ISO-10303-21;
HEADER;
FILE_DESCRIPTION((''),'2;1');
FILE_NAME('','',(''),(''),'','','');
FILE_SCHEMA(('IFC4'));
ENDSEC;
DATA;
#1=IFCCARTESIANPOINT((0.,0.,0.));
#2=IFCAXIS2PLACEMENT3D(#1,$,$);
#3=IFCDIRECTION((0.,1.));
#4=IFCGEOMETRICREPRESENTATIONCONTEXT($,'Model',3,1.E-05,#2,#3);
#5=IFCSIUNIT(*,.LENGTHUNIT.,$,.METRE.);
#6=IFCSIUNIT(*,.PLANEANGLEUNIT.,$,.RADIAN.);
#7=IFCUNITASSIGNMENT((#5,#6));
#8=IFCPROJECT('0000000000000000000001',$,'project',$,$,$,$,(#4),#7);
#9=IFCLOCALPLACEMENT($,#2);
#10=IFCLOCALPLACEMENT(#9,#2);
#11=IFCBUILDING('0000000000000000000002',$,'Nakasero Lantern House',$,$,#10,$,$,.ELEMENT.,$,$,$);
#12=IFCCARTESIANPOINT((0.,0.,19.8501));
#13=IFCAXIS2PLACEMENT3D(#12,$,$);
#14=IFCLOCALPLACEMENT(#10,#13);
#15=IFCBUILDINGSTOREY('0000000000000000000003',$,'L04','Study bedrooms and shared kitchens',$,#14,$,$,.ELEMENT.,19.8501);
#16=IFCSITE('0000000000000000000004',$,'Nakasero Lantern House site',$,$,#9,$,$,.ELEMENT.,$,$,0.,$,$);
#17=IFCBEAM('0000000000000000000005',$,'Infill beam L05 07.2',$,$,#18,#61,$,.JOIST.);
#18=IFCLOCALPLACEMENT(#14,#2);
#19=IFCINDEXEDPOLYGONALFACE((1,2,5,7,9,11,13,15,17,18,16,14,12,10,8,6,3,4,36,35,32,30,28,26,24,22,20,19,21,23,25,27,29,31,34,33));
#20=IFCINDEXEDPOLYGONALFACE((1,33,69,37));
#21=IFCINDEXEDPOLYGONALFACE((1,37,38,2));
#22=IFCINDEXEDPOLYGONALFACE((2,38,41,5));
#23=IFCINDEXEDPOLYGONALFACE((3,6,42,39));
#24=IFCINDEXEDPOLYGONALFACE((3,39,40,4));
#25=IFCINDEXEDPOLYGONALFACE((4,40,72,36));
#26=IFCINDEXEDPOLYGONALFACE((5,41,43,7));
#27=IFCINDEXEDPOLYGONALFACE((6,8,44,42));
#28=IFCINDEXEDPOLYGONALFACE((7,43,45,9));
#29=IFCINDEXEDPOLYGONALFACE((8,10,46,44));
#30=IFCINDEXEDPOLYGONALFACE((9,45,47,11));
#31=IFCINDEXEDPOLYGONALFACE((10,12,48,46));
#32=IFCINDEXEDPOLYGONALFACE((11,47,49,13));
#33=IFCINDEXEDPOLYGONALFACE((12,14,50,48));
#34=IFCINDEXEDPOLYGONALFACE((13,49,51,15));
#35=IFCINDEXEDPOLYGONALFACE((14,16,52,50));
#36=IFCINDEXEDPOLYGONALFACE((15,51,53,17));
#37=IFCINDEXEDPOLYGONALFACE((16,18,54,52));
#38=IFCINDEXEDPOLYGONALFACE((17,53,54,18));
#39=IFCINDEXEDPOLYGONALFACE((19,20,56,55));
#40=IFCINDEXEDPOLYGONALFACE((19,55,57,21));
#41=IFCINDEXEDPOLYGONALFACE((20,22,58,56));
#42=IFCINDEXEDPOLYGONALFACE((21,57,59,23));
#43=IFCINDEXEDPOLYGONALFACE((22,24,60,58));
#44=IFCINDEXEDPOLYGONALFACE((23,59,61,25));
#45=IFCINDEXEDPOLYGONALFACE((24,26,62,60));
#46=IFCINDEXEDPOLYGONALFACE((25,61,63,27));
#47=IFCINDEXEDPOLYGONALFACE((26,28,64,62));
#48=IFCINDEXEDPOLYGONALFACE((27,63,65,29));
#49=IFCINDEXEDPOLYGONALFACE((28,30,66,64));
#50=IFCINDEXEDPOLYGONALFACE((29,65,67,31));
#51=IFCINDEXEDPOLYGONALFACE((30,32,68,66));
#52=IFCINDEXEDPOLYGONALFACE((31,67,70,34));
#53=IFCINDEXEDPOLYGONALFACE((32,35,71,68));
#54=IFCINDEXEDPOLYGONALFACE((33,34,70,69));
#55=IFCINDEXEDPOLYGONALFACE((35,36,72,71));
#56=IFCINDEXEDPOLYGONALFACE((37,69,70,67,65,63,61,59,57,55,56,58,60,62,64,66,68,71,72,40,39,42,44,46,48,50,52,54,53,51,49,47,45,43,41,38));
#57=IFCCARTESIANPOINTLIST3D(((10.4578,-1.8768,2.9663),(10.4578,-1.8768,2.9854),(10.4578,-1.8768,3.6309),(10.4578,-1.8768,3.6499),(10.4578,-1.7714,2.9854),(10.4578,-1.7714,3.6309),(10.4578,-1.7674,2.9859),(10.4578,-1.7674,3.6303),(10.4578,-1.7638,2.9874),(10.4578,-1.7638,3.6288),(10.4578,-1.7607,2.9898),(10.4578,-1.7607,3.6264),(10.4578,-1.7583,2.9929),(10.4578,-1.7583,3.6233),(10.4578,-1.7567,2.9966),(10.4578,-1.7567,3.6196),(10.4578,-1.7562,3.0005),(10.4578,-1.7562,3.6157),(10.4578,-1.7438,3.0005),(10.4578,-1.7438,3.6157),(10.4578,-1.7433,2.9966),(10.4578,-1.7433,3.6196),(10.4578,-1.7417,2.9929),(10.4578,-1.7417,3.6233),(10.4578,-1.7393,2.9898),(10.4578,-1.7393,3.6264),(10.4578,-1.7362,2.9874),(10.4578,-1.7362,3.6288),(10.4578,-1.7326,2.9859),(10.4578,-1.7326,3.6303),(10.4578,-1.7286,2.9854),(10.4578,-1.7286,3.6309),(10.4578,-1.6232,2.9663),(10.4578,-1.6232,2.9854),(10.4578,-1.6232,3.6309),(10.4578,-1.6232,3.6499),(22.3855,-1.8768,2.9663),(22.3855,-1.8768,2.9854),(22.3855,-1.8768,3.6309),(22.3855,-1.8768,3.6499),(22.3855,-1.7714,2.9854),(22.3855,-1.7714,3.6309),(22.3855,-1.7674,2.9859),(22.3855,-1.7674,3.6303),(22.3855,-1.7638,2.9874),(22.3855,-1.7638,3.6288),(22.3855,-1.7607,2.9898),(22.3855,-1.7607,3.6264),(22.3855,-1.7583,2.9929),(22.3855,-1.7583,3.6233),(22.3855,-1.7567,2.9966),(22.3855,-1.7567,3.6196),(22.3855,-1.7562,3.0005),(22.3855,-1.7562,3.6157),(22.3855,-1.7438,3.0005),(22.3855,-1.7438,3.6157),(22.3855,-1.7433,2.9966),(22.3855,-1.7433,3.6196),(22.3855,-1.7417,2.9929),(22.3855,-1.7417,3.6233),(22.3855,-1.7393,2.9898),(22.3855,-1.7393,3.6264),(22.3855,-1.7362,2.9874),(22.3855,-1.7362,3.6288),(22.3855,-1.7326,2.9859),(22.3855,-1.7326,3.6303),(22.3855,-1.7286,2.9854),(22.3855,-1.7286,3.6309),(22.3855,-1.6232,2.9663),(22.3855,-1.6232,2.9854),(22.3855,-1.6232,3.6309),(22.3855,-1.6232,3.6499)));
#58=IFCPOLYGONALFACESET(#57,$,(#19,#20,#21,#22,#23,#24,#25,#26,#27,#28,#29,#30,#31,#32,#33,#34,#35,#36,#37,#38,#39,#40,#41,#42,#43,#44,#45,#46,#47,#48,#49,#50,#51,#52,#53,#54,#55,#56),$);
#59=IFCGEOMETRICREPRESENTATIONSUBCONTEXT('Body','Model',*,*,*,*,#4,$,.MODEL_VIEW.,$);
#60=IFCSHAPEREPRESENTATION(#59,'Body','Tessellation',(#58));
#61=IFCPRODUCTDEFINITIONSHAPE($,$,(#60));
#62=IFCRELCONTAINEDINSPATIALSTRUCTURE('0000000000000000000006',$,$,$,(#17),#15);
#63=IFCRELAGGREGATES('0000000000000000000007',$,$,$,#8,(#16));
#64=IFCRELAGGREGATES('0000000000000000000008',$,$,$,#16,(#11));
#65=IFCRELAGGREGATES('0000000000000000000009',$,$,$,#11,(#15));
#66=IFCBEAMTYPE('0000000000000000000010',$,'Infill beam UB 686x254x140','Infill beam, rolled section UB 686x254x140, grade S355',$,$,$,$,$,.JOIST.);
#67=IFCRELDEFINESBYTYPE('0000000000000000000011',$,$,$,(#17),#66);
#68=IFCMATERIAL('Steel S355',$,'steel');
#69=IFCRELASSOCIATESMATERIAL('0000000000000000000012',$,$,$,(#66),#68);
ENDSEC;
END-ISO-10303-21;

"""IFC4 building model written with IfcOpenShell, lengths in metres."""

from ifc_helpers import new_model, si_unit, direction, frame, origin, origin_2d, place, context, subcontext, project, spatial, i_section, extrude, material, material_profile, profile_set, type_object, element, save


model = new_model("IFC4")

# Units and contexts
model_context = context("Model", 3, precision=1e-05, world=origin(), true_north=direction((0.0, 1.0)))
body_context = subcontext(model_context, "Body", "Model", "MODEL_VIEW")
ifc_project = project(units=[si_unit("LENGTHUNIT", "METRE"), si_unit("PLANEANGLEUNIT", "RADIAN")], contexts=[model_context])

# Site, building, storey
site_placement = place(None, origin())
site = spatial("IfcSite", under=ifc_project, at=site_placement, Name="Nakasero Lantern House site", CompositionType="ELEMENT", RefElevation=0.0)
building_placement = place(site_placement, origin())
building = spatial("IfcBuilding", under=site, at=building_placement, Name="Nakasero Lantern House", CompositionType="ELEMENT")
storey_placement = place(building_placement, frame((0.0, 0.0, 19.8501)))
storey = spatial("IfcBuildingStorey", under=building, at=storey_placement, Name="L04", Description="Study bedrooms and shared kitchens", CompositionType="ELEMENT", Elevation=19.8501)

# Beam
ifc_material_1 = material(Name="Steel S355", Category="steel")
ifc_material_profile_1 = material_profile(ifc_material_1, i_section(OverallWidth=0.2537, OverallDepth=0.6836, WebThickness=0.0125, FlangeThickness=0.019, FilletRadius=0.0151, at=origin_2d()), Name="UB 686x254x140")
ifc_profile_set_1 = profile_set([ifc_material_profile_1], Name="Steel S355")
beam_type_1 = type_object("IfcBeamType", Name="Infill beam UB 686x254x140", Description="Infill beam, rolled section UB 686x254x140, grade S355", PredefinedType="JOIST", material=ifc_profile_set_1)
beam_1_placement = place(storey_placement, frame((10.4578, -1.75, 3.3081), z_axis=(1.0, 0.0, 0.0), x_axis=(0.0, 1.0, 0.0)))
element("IfcBeam", 1, at=beam_1_placement, inside=storey, type_object=beam_type_1, Name="Infill beam L05 07.2", PredefinedType="JOIST", context=body_context, shape_type="SweptSolid", body=[
    extrude(i_section(OverallWidth=0.2537, OverallDepth=0.6836, WebThickness=0.0125, FlangeThickness=0.019, FilletRadius=0.0151, at=origin_2d()), origin(), (0.0, 0.0, 1.0), 11.9277),
])

save(model, "model.ifc")
